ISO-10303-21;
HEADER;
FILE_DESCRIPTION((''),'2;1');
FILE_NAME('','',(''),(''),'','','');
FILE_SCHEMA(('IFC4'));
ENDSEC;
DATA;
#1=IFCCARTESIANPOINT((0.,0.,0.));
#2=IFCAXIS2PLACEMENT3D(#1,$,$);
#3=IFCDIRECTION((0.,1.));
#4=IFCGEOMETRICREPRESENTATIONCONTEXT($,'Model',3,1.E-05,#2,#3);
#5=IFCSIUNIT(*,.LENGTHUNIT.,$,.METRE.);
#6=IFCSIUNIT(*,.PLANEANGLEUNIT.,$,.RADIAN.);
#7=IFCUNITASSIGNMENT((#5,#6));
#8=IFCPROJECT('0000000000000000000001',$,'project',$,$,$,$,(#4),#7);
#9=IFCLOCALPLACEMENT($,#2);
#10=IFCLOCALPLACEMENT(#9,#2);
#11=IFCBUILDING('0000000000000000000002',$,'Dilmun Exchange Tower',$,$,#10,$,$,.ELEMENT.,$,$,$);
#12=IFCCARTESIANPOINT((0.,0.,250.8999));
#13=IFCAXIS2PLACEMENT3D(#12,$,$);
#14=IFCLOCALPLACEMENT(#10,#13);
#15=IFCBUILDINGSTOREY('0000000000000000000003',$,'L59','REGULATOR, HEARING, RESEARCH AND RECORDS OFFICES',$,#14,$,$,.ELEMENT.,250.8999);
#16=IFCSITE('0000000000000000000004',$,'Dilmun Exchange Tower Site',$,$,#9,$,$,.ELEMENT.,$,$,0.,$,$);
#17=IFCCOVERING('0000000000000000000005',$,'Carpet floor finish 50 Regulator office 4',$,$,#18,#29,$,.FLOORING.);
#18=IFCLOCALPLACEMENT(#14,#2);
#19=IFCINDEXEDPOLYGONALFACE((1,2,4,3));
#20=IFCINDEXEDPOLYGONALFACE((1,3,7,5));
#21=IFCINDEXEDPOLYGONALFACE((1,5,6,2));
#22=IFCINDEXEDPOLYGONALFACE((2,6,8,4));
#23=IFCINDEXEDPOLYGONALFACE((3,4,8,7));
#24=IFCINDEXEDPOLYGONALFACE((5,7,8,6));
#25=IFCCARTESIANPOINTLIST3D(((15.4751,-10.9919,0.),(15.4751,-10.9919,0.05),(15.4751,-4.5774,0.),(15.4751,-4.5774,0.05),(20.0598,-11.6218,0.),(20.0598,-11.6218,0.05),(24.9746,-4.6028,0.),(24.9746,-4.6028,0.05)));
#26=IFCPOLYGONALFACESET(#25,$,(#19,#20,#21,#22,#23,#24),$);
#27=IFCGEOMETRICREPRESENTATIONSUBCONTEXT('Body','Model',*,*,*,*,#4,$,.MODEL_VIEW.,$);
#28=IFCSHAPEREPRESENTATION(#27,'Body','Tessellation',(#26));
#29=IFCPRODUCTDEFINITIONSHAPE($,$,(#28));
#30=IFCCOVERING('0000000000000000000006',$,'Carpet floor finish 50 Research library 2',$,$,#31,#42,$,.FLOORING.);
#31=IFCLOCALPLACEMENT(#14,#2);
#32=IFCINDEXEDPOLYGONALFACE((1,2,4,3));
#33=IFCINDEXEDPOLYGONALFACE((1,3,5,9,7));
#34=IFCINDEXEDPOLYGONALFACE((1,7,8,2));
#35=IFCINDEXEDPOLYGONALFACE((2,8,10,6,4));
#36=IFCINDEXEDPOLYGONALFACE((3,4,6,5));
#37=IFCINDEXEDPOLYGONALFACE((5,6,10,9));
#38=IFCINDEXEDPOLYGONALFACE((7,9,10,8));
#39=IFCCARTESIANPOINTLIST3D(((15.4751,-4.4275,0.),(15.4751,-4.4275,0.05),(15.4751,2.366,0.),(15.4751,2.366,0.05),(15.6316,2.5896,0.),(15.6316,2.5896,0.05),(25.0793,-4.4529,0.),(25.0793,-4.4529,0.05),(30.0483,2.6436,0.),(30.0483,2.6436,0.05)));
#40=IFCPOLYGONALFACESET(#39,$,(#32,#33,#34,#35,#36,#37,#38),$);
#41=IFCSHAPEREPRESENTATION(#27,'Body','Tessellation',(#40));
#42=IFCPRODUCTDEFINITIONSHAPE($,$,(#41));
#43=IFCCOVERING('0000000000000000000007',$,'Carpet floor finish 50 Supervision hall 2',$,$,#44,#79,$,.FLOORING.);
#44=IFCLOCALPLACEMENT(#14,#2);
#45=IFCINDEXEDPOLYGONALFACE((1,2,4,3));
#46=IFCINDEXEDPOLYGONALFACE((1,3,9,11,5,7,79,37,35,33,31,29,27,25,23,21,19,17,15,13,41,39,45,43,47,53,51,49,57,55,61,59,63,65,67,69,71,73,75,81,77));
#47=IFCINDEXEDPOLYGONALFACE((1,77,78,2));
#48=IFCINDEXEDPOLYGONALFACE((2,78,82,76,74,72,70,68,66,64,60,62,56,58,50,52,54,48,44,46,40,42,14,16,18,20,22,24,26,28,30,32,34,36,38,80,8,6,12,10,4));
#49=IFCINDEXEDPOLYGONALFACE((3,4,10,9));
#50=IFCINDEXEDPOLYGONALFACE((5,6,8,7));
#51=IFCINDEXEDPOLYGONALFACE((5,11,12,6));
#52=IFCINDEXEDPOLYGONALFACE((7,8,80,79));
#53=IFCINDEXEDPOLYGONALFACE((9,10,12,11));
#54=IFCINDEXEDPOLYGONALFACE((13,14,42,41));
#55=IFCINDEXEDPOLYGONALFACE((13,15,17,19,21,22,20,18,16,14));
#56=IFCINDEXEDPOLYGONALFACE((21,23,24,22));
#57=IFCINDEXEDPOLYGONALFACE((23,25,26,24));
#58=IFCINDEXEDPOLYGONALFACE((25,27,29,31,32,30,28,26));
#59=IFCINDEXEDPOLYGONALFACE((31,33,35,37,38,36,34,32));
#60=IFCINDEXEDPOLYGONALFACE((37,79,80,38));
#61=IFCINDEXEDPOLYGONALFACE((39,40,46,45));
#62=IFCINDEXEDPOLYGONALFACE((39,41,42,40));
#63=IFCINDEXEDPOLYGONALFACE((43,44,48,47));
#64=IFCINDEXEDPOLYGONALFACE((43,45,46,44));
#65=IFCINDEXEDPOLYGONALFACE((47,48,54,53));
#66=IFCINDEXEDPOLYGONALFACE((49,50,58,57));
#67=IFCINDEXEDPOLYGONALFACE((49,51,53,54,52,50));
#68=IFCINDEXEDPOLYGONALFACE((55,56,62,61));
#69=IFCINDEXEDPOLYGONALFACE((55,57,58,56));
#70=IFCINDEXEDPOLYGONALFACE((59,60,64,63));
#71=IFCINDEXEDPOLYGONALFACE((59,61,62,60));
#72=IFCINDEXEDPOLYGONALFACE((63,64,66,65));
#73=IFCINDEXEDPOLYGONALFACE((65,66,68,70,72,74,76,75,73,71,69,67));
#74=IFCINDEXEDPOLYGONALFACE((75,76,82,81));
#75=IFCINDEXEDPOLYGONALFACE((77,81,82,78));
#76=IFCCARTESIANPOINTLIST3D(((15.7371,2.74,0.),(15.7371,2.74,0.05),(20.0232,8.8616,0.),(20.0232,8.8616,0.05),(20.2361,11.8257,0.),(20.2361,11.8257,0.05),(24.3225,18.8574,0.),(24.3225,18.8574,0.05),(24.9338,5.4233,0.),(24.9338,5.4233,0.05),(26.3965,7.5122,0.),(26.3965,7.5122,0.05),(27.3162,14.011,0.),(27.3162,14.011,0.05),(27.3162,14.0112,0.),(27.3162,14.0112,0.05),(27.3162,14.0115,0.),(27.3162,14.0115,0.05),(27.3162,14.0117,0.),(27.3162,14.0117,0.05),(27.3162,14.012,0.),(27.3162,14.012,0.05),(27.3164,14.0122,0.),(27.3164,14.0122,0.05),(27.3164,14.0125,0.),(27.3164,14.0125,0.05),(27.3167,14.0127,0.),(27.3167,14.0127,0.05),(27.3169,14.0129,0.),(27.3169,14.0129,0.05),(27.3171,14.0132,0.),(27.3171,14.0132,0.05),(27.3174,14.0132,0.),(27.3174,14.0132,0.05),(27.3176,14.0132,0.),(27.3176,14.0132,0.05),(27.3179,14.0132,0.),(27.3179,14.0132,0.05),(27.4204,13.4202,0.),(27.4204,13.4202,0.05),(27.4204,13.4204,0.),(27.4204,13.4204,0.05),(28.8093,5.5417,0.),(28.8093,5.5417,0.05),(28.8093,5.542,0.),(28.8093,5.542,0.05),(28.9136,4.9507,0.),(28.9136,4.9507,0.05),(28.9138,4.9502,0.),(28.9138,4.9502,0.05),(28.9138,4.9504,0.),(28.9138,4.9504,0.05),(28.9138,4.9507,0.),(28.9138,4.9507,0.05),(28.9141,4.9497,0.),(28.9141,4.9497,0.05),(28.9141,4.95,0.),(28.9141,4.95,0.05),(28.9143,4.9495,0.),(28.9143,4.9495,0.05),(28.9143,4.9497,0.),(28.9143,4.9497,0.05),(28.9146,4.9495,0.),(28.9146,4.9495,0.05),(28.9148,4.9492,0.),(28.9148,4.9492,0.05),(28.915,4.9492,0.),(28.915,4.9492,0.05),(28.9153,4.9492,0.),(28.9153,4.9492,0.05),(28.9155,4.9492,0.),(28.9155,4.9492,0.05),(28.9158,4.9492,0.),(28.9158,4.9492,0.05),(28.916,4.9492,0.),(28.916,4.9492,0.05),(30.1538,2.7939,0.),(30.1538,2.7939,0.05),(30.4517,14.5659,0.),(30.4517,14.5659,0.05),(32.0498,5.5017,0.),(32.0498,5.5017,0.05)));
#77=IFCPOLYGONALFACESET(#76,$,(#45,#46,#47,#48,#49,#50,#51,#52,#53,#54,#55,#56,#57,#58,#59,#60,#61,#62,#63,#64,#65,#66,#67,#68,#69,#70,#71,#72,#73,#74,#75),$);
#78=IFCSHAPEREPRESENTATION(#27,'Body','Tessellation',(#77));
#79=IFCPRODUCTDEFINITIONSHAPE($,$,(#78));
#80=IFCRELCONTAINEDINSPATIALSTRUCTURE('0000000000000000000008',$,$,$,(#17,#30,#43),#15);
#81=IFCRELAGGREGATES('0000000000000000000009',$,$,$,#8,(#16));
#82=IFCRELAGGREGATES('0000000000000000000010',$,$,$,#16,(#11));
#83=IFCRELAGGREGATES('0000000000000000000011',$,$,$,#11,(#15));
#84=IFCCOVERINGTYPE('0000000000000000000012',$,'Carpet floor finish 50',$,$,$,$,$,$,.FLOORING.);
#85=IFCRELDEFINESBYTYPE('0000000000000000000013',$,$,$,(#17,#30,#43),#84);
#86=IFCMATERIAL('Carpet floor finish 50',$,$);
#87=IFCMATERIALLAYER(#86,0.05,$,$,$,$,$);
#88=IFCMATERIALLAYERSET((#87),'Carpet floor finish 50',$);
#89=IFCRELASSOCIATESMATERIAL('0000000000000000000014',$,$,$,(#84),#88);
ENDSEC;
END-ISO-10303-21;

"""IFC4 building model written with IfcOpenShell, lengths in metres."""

from ifc_helpers import new_model, si_unit, direction, frame, origin, place, context, subcontext, project, spatial, polyline, outline, extrude, material, layer, layer_set, type_object, element, save


model = new_model("IFC4")

# Units and contexts
model_context = context("Model", 3, precision=1e-05, world=origin(), true_north=direction((0.0, 1.0)))
body_context = subcontext(model_context, "Body", "Model", "MODEL_VIEW")
ifc_project = project(units=[si_unit("LENGTHUNIT", "METRE"), si_unit("PLANEANGLEUNIT", "RADIAN")], contexts=[model_context])

# Site, building, storey
site_placement = place(None, origin())
site = spatial("IfcSite", under=ifc_project, at=site_placement, Name="Dilmun Exchange Tower Site", CompositionType="ELEMENT", RefElevation=0.0)
building_placement = place(site_placement, origin())
building = spatial("IfcBuilding", under=site, at=building_placement, Name="Dilmun Exchange Tower", CompositionType="ELEMENT")
storey_placement = place(building_placement, frame((0.0, 0.0, 250.8999)))
storey = spatial("IfcBuildingStorey", under=building, at=storey_placement, Name="L59", Description="REGULATOR, HEARING, RESEARCH AND RECORDS OFFICES", CompositionType="ELEMENT", Elevation=250.8999)

# Coverings
ifc_material_1 = material(Name="Carpet floor finish 50")
ifc_layer_1 = layer(ifc_material_1, 0.05)
ifc_layer_set_1 = layer_set([ifc_layer_1], Name="Carpet floor finish 50")
covering_type = type_object("IfcCoveringType", Name="Carpet floor finish 50", PredefinedType="FLOORING", material=ifc_layer_set_1)
covering_1_placement = place(storey_placement, origin())
element("IfcCovering", 1, at=covering_1_placement, inside=storey, type_object=covering_type, Name="Carpet floor finish 50 Regulator office 4", PredefinedType="FLOORING", context=body_context, shape_type="SweptSolid", body=[
    extrude(outline(polyline([(15.4751, -10.9919), (15.4751, -4.5774), (24.9746, -4.6028), (20.0598, -11.6218), (15.4751, -10.9919)])), origin(), (0.0, 0.0, 1.0), 0.05),
])
covering_2_placement = place(storey_placement, origin())
element("IfcCovering", 2, at=covering_2_placement, inside=storey, type_object=covering_type, Name="Carpet floor finish 50 Research library 2", PredefinedType="FLOORING", context=body_context, shape_type="SweptSolid", body=[
    extrude(outline(polyline([(15.4751, -4.4275), (15.4751, 2.366), (15.6316, 2.5896), (30.0483, 2.6436), (25.0793, -4.4529), (15.4751, -4.4275)])), origin(), (0.0, 0.0, 1.0), 0.05),
])
covering_3_placement = place(storey_placement, origin())
element("IfcCovering", 3, at=covering_3_placement, inside=storey, type_object=covering_type, Name="Carpet floor finish 50 Supervision hall 2", PredefinedType="FLOORING", context=body_context, shape_type="SweptSolid", body=[
    extrude(outline(polyline([(15.7371, 2.74), (20.0232, 8.8616), (24.9338, 5.4233), (26.3965, 7.5122), (20.2361, 11.8257), (24.3225, 18.8574), (30.4517, 14.5659), (27.3179, 14.0132), (27.3176, 14.0132), (27.3174, 14.0132), (27.3171, 14.0132), (27.3169, 14.0129), (27.3169, 14.0129), (27.3167, 14.0127), (27.3167, 14.0127), (27.3164, 14.0125), (27.3164, 14.0122), (27.3164, 14.0122), (27.3162, 14.012), (27.3162, 14.0117), (27.3162, 14.0117), (27.3162, 14.0115), (27.3162, 14.0112), (27.3162, 14.011), (27.4204, 13.4204), (27.4204, 13.4204), (27.4204, 13.4202), (28.8093, 5.542), (28.8093, 5.542), (28.8093, 5.542), (28.8093, 5.5417), (28.9136, 4.9507), (28.9138, 4.9507), (28.9138, 4.9504), (28.9138, 4.9502), (28.9138, 4.9502), (28.9141, 4.95), (28.9141, 4.9497), (28.9143, 4.9497), (28.9143, 4.9495), (28.9146, 4.9495), (28.9148, 4.9492), (28.915, 4.9492), (28.9153, 4.9492), (28.9153, 4.9492), (28.9155, 4.9492), (28.9158, 4.9492), (28.916, 4.9492), (32.0498, 5.5017), (30.1538, 2.7939), (15.7371, 2.74)])), origin(), (0.0, 0.0, 1.0), 0.05),
])

save(model, "model.ifc")
